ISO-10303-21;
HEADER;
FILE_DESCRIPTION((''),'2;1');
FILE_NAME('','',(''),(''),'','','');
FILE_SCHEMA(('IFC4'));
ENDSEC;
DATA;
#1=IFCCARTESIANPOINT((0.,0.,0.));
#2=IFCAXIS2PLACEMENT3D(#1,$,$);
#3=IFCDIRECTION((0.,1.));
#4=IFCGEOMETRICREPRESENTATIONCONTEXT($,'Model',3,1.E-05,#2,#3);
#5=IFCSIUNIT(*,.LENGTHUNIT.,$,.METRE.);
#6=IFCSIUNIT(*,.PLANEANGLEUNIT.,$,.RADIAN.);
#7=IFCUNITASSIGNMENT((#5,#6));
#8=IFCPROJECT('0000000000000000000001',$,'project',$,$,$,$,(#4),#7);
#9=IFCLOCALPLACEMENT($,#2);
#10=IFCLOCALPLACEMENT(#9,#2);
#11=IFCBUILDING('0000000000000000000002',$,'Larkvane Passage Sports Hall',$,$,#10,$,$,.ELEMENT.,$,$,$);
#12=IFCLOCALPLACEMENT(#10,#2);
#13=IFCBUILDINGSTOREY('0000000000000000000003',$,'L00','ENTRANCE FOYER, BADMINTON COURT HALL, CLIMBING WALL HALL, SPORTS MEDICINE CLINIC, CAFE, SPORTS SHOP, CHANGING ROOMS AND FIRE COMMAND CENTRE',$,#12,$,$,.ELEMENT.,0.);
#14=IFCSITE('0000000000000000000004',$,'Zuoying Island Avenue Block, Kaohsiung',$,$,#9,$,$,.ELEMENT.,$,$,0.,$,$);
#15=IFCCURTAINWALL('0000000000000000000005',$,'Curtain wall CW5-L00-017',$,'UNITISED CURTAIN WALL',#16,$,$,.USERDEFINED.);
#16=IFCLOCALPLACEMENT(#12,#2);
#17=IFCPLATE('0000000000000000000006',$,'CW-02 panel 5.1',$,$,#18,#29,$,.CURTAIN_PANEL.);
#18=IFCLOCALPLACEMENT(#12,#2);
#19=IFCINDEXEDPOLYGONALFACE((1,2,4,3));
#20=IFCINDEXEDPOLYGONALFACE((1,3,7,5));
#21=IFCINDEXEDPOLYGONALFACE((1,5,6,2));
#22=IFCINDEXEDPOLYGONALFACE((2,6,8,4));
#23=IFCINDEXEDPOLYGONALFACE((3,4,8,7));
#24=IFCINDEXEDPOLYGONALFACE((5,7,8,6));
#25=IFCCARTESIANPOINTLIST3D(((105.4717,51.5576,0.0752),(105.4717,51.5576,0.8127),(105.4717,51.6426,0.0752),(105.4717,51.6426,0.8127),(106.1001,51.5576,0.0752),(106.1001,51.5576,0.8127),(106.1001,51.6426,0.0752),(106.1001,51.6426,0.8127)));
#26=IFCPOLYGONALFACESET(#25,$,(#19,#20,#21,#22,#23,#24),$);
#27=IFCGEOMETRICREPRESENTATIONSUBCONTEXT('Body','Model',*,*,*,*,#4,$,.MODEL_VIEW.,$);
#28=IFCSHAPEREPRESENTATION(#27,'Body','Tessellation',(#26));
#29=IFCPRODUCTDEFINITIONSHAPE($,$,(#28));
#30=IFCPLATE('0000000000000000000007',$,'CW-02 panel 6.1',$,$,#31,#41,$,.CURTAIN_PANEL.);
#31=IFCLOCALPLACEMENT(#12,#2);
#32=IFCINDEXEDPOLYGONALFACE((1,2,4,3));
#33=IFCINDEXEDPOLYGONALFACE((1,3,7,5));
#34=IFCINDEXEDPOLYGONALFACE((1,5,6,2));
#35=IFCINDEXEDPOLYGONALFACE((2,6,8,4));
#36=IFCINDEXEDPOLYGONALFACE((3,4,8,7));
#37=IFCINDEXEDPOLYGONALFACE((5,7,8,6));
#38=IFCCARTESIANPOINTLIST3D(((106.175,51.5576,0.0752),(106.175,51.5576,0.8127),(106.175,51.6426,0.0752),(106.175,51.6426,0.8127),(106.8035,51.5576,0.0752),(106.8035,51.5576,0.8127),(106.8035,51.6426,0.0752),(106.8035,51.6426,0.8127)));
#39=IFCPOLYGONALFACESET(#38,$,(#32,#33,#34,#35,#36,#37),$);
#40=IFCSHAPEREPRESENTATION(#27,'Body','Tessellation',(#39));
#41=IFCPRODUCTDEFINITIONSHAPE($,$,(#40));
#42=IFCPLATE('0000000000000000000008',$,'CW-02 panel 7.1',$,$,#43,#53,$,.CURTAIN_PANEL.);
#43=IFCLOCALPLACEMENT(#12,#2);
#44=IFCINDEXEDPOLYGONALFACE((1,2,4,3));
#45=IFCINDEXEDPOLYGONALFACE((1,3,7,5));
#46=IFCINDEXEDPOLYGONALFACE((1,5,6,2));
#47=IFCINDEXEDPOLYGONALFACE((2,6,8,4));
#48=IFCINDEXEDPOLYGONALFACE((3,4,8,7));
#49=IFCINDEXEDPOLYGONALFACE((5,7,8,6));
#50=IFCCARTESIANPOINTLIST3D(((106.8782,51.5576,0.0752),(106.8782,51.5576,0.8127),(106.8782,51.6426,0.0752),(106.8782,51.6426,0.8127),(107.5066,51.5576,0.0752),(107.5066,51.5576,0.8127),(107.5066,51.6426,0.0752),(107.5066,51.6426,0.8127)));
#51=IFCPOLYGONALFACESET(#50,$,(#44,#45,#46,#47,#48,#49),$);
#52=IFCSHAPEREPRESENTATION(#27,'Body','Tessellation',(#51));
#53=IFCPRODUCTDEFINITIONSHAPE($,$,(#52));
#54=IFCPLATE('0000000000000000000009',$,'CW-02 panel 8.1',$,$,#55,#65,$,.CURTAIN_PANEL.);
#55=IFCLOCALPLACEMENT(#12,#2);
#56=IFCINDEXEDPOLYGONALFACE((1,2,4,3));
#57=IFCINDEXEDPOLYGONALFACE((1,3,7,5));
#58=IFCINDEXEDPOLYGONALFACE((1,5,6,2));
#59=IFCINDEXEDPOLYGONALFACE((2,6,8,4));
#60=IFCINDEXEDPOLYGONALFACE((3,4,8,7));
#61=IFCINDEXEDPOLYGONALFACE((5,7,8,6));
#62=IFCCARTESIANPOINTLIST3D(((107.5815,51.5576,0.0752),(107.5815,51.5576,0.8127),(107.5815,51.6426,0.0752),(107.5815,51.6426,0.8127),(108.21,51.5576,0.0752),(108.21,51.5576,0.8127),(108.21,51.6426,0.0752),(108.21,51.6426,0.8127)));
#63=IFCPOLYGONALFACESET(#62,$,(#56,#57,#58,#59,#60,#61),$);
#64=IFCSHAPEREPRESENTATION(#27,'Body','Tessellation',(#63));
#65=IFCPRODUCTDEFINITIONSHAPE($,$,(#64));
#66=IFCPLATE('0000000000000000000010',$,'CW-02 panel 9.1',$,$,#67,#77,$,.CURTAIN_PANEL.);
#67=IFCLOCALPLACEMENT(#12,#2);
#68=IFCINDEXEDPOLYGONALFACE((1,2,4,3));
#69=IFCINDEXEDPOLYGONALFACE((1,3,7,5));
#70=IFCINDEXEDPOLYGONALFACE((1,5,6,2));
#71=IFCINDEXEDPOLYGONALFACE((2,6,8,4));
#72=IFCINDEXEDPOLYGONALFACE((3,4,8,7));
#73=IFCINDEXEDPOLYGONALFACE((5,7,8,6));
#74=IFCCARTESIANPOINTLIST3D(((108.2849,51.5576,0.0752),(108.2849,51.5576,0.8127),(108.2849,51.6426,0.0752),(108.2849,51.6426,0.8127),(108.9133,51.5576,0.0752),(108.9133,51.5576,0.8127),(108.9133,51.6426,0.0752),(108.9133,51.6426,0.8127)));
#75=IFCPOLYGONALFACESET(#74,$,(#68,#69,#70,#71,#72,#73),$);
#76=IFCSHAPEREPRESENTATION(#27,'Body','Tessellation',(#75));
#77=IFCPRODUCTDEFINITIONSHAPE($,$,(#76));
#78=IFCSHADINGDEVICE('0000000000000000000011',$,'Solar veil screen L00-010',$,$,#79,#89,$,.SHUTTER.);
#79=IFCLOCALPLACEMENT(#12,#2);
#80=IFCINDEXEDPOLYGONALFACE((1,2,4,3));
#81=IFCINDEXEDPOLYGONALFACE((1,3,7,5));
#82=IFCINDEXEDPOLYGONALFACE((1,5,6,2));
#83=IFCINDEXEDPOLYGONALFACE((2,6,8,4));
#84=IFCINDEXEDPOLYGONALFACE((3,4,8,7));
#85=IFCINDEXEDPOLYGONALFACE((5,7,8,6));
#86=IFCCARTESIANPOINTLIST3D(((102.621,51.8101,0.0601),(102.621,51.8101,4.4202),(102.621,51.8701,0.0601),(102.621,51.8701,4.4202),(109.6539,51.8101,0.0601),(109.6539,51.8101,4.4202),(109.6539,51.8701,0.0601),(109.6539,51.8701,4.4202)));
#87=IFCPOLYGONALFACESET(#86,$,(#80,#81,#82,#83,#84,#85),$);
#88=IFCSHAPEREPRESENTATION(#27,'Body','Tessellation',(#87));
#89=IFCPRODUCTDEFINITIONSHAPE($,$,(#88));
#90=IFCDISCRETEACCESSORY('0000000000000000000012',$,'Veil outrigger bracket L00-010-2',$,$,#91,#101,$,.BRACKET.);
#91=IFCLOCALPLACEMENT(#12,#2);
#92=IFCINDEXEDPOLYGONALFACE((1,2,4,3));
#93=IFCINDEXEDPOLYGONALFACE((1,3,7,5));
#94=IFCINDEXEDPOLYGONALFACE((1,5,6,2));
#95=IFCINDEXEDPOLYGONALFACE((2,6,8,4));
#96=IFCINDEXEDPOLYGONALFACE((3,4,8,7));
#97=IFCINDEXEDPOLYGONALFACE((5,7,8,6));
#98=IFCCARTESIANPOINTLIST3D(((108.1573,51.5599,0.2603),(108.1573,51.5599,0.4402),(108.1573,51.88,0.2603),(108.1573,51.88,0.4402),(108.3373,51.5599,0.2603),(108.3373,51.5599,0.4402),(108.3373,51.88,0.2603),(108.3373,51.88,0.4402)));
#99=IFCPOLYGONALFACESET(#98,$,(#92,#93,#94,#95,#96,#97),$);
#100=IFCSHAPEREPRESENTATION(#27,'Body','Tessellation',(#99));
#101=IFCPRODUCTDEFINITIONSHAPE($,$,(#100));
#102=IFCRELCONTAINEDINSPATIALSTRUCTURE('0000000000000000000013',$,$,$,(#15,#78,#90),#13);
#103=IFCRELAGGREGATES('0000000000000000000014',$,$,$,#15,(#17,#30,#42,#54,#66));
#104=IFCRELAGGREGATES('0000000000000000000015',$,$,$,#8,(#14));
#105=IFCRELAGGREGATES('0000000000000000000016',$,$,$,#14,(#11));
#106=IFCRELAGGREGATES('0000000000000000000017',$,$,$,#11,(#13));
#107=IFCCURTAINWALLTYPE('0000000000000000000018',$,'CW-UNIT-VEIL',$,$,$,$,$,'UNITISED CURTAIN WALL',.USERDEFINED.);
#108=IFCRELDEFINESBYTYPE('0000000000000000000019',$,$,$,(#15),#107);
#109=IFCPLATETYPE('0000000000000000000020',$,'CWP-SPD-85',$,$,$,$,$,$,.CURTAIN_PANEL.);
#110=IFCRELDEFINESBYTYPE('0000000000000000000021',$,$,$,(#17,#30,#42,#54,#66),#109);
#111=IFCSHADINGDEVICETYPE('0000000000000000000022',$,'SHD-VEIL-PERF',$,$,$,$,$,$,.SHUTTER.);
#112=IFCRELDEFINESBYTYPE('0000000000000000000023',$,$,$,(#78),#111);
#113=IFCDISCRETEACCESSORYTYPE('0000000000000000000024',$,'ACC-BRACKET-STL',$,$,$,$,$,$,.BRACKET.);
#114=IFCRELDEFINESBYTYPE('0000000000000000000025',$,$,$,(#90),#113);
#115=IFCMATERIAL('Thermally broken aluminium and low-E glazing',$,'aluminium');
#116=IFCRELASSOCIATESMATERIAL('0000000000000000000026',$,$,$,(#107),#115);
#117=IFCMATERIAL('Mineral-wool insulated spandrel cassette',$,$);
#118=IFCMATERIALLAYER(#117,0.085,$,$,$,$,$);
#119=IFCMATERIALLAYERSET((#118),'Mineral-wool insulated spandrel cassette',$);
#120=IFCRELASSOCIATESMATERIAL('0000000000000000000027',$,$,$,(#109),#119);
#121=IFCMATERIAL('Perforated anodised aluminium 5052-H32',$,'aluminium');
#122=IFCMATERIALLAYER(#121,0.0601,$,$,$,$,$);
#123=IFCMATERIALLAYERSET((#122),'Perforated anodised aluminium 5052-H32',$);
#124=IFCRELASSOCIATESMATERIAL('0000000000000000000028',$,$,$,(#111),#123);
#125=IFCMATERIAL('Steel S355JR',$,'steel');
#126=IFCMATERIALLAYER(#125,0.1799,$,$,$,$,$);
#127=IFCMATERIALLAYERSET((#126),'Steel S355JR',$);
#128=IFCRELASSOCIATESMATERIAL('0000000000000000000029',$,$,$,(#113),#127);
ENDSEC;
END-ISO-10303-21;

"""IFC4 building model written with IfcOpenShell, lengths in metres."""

from ifc_helpers import new_model, si_unit, direction, frame, origin, origin_2d, place, context, subcontext, project, spatial, rectangle, extrude, material, layer, layer_set, type_object, element, aggregate, save


model = new_model("IFC4")

# Units and contexts
model_context = context("Model", 3, precision=1e-05, world=origin(), true_north=direction((0.0, 1.0)))
body_context = subcontext(model_context, "Body", "Model", "MODEL_VIEW")
ifc_project = project(units=[si_unit("LENGTHUNIT", "METRE"), si_unit("PLANEANGLEUNIT", "RADIAN")], contexts=[model_context])

# Site, building, storey
site_placement = place(None, origin())
site = spatial("IfcSite", under=ifc_project, at=site_placement, Name="Zuoying Island Avenue Block, Kaohsiung", CompositionType="ELEMENT", RefElevation=0.0)
building_placement = place(site_placement, origin())
building = spatial("IfcBuilding", under=site, at=building_placement, Name="Larkvane Passage Sports Hall", CompositionType="ELEMENT")
storey_placement = place(building_placement, origin())
storey = spatial("IfcBuildingStorey", under=building, at=storey_placement, Name="L00", Description="ENTRANCE FOYER, BADMINTON COURT HALL, CLIMBING WALL HALL, SPORTS MEDICINE CLINIC, CAFE, SPORTS SHOP, CHANGING ROOMS AND FIRE COMMAND CENTRE", CompositionType="ELEMENT", Elevation=0.0)

# Curtain wall, plates
ifc_material_1 = material(Name="Thermally broken aluminium and low-E glazing", Category="aluminium")
curtain_wall_type = type_object("IfcCurtainWallType", Name="CW-UNIT-VEIL", ElementType="UNITISED CURTAIN WALL", PredefinedType="USERDEFINED", material=ifc_material_1)
curtain_wall_placement = place(storey_placement, origin())
curtain_wall = element("IfcCurtainWall", 1, at=curtain_wall_placement, inside=storey, type_object=curtain_wall_type, Name="Curtain wall CW5-L00-017", ObjectType="UNITISED CURTAIN WALL", PredefinedType="USERDEFINED")
ifc_material_2 = material(Name="Mineral-wool insulated spandrel cassette")
ifc_layer_1 = layer(ifc_material_2, 0.085)
ifc_layer_set_1 = layer_set([ifc_layer_1], Name="Mineral-wool insulated spandrel cassette")
plate_type = type_object("IfcPlateType", Name="CWP-SPD-85", PredefinedType="CURTAIN_PANEL", material=ifc_layer_set_1)
plate_1_placement = place(storey_placement, frame((105.7859, 51.6001, 0.0752), z_axis=(0.0, 0.0, 1.0), x_axis=(1.0, 0.0, 0.0)))
plate_1 = element("IfcPlate", 2, at=plate_1_placement, type_object=plate_type, Name="CW-02 panel 5.1", PredefinedType="CURTAIN_PANEL", context=body_context, shape_type="SweptSolid", body=[
    extrude(rectangle(XDim=0.6284, YDim=0.085, at=origin_2d()), origin(), (0.0, 0.0, 1.0), 0.7375),
])
plate_2_placement = place(storey_placement, frame((106.4893, 51.6001, 0.0752), z_axis=(0.0, 0.0, 1.0), x_axis=(1.0, 0.0, 0.0)))
plate_2 = element("IfcPlate", 3, at=plate_2_placement, type_object=plate_type, Name="CW-02 panel 6.1", PredefinedType="CURTAIN_PANEL", context=body_context, shape_type="SweptSolid", body=[
    extrude(rectangle(XDim=0.6284, YDim=0.085, at=origin_2d()), origin(), (0.0, 0.0, 1.0), 0.7375),
])
plate_3_placement = place(storey_placement, frame((107.1924, 51.6001, 0.0752), z_axis=(0.0, 0.0, 1.0), x_axis=(1.0, 0.0, 0.0)))
plate_3 = element("IfcPlate", 4, at=plate_3_placement, type_object=plate_type, Name="CW-02 panel 7.1", PredefinedType="CURTAIN_PANEL", context=body_context, shape_type="SweptSolid", body=[
    extrude(rectangle(XDim=0.6284, YDim=0.085, at=origin_2d()), origin(), (0.0, 0.0, 1.0), 0.7375),
])
plate_4_placement = place(storey_placement, frame((107.8958, 51.6001, 0.0752), z_axis=(0.0, 0.0, 1.0), x_axis=(1.0, 0.0, 0.0)))
plate_4 = element("IfcPlate", 5, at=plate_4_placement, type_object=plate_type, Name="CW-02 panel 8.1", PredefinedType="CURTAIN_PANEL", context=body_context, shape_type="SweptSolid", body=[
    extrude(rectangle(XDim=0.6284, YDim=0.085, at=origin_2d()), origin(), (0.0, 0.0, 1.0), 0.7375),
])
plate_5_placement = place(storey_placement, frame((108.5991, 51.6001, 0.0752), z_axis=(0.0, 0.0, 1.0), x_axis=(1.0, 0.0, 0.0)))
plate_5 = element("IfcPlate", 6, at=plate_5_placement, type_object=plate_type, Name="CW-02 panel 9.1", PredefinedType="CURTAIN_PANEL", context=body_context, shape_type="SweptSolid", body=[
    extrude(rectangle(XDim=0.6284, YDim=0.085, at=origin_2d()), origin(), (0.0, 0.0, 1.0), 0.7375),
])
aggregate(curtain_wall, [plate_1, plate_2, plate_3, plate_4, plate_5])

# Shading device
ifc_material_3 = material(Name="Perforated anodised aluminium 5052-H32", Category="aluminium")
ifc_layer_2 = layer(ifc_material_3, 0.0601)
ifc_layer_set_2 = layer_set([ifc_layer_2], Name="Perforated anodised aluminium 5052-H32")
shading_device_type = type_object("IfcShadingDeviceType", Name="SHD-VEIL-PERF", PredefinedType="SHUTTER", material=ifc_layer_set_2)
shading_device_placement = place(storey_placement, frame((106.1375, 51.8401, 0.0601), z_axis=(0.0, 0.0, 1.0), x_axis=(1.0, 0.0, 0.0)))
element("IfcShadingDevice", 7, at=shading_device_placement, inside=storey, type_object=shading_device_type, Name="Solar veil screen L00-010", PredefinedType="SHUTTER", context=body_context, shape_type="SweptSolid", body=[
    extrude(rectangle(XDim=7.033, YDim=0.0601, at=origin_2d()), origin(), (0.0, 0.0, 1.0), 4.3601),
])

# Discrete accessory
ifc_material_4 = material(Name="Steel S355JR", Category="steel")
ifc_layer_3 = layer(ifc_material_4, 0.1799)
ifc_layer_set_3 = layer_set([ifc_layer_3], Name="Steel S355JR")
discrete_accessory_type = type_object("IfcDiscreteAccessoryType", Name="ACC-BRACKET-STL", PredefinedType="BRACKET", material=ifc_layer_set_3)
discrete_accessory_placement = place(storey_placement, frame((108.2473, 51.72, 0.2603), z_axis=(0.0, 0.0, 1.0), x_axis=(1.0, 0.0, 0.0)))
element("IfcDiscreteAccessory", 8, at=discrete_accessory_placement, inside=storey, type_object=discrete_accessory_type, Name="Veil outrigger bracket L00-010-2", PredefinedType="BRACKET", context=body_context, shape_type="SweptSolid", body=[
    extrude(rectangle(XDim=0.1799, YDim=0.3201, at=origin_2d()), origin(), (0.0, 0.0, 1.0), 0.1799),
])

save(model, "model.ifc")
